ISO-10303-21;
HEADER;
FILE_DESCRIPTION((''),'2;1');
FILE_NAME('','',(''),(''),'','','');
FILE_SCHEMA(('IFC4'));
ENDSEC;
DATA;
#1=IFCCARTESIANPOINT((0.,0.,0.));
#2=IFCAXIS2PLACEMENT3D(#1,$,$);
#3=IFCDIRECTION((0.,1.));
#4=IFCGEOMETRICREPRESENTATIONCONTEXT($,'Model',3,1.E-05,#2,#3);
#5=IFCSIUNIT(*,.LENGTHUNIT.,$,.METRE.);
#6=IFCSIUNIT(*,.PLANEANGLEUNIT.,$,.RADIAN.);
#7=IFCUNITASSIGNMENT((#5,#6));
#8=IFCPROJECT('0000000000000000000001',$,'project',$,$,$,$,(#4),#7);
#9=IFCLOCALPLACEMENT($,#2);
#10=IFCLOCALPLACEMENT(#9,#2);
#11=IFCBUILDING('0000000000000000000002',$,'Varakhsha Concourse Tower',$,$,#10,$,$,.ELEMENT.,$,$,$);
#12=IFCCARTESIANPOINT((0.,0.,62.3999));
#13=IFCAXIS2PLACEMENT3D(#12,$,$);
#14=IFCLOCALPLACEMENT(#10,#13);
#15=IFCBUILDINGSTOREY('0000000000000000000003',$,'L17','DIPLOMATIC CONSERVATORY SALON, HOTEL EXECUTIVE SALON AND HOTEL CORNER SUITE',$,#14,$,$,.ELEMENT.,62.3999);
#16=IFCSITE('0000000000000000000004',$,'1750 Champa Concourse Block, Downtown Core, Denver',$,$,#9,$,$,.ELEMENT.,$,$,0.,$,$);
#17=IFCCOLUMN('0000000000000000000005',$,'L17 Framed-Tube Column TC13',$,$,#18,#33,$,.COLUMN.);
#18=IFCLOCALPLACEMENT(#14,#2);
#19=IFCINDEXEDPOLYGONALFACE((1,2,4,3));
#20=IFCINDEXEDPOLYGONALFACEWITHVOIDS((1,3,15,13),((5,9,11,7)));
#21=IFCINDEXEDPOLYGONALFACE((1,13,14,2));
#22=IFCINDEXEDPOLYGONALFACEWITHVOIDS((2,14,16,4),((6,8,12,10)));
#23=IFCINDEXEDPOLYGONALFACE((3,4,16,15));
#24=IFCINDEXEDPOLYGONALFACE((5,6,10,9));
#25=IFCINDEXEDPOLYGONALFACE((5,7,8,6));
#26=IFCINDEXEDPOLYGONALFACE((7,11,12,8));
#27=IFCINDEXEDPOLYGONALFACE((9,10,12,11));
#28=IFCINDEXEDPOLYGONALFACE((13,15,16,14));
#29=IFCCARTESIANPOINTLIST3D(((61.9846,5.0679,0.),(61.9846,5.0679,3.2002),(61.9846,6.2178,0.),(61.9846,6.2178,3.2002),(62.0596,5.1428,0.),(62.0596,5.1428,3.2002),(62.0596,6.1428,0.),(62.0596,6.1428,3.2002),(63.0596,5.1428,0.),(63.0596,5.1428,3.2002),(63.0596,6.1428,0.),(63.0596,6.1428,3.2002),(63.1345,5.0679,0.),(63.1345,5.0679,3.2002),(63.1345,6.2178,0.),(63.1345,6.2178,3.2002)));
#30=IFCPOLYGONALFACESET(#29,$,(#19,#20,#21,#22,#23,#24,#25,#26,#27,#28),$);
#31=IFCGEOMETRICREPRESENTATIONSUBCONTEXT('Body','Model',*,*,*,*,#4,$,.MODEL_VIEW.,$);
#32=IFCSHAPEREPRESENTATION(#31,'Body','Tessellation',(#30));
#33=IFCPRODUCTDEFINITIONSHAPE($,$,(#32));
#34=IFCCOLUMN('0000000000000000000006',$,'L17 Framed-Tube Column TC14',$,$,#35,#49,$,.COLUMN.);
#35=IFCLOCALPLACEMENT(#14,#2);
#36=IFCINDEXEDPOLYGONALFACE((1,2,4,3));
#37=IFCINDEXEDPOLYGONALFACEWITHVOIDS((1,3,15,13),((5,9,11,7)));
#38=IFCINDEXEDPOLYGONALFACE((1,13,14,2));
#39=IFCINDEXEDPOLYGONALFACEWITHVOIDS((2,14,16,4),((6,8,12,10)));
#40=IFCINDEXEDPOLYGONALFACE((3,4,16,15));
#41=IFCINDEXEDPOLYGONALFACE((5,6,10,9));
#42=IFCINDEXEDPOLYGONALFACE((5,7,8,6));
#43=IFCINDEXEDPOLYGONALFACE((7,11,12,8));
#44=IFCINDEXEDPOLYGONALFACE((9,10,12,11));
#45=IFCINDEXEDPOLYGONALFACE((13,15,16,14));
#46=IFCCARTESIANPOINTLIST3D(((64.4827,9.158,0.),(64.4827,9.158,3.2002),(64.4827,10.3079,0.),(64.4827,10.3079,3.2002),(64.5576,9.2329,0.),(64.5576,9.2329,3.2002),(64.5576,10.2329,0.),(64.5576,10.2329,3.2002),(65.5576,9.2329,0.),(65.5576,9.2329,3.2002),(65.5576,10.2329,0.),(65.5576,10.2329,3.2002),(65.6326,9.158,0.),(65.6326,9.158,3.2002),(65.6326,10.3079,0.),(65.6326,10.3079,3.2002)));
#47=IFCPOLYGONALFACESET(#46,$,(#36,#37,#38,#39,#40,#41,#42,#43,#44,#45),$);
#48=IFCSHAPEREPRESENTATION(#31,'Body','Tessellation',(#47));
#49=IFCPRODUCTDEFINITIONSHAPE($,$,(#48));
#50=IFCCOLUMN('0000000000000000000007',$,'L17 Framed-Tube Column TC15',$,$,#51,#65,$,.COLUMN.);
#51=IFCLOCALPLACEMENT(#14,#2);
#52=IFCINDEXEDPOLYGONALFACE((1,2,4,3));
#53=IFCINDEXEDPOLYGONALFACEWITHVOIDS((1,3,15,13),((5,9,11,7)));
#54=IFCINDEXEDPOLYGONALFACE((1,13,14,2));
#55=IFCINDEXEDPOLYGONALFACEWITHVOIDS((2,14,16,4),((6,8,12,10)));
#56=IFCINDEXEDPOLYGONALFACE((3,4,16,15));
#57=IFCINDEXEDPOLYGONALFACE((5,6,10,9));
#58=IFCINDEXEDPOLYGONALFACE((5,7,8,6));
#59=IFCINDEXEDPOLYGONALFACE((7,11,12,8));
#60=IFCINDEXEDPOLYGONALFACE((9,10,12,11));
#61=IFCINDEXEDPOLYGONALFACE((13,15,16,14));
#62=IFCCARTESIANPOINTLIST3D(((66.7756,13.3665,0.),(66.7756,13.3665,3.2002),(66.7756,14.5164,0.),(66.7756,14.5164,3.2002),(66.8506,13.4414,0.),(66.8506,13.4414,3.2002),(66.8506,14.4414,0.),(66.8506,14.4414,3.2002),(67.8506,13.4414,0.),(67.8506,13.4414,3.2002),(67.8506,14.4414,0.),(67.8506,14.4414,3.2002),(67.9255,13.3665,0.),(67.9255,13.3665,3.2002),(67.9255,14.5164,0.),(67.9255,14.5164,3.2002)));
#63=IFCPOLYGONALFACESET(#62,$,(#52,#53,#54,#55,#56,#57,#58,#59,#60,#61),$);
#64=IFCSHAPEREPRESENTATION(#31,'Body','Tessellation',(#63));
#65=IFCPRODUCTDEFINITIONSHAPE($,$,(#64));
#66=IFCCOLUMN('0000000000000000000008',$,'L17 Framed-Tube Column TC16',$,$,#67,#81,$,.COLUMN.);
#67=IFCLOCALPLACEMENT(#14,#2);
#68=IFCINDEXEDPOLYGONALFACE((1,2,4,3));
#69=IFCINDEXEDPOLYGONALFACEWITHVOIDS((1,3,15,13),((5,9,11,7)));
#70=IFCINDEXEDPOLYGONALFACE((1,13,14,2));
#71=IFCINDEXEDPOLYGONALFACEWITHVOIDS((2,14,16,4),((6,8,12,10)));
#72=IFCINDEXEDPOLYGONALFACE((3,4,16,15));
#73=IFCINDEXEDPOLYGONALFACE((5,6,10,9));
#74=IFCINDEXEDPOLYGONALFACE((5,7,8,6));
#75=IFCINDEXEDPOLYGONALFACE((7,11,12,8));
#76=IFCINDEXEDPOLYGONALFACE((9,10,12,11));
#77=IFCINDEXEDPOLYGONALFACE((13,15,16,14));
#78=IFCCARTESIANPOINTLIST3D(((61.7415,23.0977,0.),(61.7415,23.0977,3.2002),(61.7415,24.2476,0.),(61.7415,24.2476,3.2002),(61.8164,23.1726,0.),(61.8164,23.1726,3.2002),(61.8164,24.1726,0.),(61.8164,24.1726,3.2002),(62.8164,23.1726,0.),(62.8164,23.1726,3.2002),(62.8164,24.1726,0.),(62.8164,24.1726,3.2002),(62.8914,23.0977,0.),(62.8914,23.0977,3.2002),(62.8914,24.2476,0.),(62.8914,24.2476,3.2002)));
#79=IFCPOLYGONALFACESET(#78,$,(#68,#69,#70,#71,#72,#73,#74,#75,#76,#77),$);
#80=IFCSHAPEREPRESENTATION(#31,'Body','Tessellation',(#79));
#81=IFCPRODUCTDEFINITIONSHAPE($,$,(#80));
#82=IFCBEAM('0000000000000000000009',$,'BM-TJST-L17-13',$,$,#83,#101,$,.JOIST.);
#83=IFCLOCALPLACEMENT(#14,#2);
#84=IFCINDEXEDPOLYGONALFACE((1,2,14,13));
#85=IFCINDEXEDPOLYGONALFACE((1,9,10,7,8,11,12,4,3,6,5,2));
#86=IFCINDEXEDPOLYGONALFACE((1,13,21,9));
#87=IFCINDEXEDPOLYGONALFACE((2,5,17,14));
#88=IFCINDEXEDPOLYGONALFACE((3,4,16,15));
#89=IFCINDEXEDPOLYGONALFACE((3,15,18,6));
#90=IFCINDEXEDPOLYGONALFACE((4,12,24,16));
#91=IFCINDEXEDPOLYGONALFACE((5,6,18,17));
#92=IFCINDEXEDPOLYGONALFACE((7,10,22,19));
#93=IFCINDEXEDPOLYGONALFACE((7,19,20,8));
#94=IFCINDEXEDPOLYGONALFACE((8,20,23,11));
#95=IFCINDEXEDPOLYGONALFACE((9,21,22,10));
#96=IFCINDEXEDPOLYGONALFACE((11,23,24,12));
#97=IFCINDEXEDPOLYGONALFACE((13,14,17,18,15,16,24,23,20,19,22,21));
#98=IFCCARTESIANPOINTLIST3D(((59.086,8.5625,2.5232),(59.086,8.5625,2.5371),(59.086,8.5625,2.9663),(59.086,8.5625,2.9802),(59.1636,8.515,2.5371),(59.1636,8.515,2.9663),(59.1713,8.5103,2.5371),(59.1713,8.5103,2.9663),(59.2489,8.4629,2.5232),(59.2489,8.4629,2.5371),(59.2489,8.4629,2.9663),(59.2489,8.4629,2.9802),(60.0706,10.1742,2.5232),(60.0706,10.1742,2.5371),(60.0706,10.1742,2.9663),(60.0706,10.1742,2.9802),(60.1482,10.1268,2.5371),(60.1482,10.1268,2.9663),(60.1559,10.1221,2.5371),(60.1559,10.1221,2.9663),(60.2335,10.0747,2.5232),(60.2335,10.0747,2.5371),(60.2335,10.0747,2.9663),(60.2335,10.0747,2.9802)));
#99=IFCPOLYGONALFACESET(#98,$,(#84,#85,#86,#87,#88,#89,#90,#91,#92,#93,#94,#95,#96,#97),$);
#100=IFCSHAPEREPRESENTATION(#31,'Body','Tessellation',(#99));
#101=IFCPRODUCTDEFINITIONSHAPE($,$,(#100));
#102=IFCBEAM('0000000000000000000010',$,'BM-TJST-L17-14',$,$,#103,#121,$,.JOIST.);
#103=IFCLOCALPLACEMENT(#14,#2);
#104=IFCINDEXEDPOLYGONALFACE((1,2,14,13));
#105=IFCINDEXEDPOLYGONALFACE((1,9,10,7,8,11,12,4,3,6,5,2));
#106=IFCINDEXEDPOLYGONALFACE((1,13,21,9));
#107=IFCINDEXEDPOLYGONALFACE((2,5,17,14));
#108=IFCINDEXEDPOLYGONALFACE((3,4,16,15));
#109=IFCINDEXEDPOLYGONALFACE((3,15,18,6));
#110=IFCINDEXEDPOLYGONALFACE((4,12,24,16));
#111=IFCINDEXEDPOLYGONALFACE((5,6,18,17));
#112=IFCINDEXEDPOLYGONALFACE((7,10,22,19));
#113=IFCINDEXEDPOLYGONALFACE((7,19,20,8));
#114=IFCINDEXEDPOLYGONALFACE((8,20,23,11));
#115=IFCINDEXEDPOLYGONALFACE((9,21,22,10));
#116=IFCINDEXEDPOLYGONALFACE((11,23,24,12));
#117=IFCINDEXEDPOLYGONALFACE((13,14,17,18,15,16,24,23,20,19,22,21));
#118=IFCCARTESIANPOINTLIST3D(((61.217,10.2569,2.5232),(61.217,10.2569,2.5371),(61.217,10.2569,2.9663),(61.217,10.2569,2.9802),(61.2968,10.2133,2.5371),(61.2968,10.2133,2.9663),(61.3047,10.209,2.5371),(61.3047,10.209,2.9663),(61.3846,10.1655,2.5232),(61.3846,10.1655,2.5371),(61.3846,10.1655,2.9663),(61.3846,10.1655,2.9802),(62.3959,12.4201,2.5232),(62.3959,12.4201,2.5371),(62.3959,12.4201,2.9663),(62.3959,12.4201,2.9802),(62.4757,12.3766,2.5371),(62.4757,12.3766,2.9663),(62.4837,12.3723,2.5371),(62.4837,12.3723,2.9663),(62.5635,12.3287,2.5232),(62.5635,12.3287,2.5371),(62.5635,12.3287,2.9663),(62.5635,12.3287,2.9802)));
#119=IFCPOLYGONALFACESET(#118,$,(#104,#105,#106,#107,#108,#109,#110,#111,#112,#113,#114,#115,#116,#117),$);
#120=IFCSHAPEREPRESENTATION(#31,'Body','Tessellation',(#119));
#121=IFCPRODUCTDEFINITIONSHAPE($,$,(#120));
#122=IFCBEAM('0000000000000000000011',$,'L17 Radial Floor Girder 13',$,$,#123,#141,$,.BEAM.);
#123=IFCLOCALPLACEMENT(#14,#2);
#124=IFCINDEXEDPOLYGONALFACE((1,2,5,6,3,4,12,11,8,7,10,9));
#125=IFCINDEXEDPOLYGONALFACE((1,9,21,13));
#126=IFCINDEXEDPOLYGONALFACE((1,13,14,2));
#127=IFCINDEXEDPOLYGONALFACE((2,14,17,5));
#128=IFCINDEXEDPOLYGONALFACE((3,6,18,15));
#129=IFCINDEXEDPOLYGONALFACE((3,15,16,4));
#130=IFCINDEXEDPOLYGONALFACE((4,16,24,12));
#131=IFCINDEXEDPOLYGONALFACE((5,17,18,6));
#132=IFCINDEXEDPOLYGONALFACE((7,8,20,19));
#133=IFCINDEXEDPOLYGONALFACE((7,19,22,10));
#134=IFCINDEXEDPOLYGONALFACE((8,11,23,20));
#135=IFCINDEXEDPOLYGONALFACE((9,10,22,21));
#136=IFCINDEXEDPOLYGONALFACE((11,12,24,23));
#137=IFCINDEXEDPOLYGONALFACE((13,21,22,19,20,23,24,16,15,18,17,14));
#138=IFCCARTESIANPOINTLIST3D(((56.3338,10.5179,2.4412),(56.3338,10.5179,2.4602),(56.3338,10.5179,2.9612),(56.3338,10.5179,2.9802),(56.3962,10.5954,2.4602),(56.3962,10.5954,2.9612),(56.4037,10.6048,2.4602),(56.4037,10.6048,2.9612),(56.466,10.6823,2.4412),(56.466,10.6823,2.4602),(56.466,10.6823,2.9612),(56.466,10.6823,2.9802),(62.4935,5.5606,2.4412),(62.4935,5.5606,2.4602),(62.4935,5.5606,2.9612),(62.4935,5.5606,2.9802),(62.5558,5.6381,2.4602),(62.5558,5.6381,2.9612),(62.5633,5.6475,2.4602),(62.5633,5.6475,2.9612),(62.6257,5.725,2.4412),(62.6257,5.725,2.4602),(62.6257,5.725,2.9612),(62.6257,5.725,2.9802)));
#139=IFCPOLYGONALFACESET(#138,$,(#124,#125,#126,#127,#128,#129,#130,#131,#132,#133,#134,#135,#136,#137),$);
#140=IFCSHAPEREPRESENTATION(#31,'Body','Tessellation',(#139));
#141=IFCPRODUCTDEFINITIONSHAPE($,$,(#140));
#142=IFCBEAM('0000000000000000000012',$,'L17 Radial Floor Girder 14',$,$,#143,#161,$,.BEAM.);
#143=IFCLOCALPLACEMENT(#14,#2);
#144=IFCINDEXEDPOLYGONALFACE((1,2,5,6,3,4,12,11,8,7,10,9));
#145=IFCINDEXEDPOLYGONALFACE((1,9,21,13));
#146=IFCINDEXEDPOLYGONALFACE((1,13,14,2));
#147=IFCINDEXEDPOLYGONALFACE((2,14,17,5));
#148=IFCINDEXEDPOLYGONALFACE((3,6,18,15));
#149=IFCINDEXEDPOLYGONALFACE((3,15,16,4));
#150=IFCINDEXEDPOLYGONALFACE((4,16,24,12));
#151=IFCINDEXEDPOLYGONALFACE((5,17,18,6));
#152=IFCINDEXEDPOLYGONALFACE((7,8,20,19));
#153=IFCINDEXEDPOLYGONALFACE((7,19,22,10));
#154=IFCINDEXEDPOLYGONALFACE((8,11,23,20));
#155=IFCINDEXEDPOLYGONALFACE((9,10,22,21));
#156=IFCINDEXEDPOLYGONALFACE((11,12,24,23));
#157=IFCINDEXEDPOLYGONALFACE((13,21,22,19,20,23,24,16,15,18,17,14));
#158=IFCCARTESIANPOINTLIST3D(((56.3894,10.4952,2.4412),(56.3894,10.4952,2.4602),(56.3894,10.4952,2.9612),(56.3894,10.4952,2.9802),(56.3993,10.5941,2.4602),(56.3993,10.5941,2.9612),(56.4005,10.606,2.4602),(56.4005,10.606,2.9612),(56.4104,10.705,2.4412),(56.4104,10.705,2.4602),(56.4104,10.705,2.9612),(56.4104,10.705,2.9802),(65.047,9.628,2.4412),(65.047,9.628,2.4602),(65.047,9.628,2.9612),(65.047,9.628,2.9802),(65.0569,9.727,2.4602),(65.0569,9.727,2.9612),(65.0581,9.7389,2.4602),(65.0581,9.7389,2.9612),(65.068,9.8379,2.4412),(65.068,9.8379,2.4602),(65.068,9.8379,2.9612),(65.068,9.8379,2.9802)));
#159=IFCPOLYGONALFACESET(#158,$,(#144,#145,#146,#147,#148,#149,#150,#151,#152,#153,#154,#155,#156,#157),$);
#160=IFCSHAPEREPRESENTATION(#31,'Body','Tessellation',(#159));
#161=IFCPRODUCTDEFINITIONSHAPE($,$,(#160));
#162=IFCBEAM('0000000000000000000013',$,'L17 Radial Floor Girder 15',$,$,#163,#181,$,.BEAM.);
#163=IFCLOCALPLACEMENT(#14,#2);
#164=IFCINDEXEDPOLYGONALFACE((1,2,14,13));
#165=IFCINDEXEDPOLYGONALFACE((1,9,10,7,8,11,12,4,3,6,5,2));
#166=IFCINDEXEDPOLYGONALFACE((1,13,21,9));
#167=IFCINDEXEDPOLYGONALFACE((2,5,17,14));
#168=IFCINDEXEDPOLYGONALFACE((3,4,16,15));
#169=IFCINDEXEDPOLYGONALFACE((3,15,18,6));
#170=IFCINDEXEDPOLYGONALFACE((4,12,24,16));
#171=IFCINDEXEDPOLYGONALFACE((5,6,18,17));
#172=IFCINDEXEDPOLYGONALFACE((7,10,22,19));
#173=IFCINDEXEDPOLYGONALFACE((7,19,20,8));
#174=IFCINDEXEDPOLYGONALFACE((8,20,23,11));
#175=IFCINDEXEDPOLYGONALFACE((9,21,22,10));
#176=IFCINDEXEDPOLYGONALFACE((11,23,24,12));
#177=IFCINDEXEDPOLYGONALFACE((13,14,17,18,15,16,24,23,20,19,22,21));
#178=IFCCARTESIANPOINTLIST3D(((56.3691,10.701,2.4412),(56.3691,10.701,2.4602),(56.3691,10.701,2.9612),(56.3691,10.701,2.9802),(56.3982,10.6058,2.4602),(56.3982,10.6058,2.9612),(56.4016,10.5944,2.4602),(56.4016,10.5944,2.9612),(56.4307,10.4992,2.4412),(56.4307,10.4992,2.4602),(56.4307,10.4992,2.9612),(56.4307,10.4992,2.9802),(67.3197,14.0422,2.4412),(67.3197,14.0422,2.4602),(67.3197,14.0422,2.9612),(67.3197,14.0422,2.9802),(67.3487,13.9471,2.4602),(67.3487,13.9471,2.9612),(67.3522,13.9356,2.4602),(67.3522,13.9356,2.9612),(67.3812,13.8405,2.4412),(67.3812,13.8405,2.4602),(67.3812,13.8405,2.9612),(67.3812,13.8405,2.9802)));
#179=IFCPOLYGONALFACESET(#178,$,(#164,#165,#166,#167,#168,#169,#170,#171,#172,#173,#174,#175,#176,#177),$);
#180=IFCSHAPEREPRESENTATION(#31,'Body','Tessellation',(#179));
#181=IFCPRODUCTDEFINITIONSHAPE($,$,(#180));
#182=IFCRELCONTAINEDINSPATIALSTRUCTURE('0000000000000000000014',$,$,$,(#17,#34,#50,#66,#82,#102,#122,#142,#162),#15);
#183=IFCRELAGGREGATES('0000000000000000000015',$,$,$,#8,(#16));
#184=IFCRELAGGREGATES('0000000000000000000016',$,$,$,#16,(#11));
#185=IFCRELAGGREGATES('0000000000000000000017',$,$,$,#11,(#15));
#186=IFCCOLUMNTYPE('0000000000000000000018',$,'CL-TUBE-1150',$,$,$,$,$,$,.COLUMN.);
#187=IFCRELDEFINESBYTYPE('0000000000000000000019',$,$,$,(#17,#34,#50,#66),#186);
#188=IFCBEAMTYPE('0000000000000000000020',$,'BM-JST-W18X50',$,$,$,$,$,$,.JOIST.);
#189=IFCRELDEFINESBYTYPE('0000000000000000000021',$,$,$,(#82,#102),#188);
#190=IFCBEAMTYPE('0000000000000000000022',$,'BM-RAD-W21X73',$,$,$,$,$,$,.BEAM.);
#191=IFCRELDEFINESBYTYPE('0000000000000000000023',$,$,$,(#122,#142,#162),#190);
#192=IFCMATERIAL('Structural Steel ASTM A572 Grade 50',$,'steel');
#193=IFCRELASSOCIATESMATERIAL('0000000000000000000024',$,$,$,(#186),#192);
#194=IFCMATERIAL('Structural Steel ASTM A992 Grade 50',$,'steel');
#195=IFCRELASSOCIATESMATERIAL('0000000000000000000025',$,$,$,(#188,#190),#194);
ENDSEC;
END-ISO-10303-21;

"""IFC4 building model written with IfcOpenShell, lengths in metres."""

from ifc_helpers import new_model, si_unit, direction, frame, origin, origin_2d, place, context, subcontext, project, spatial, hollow_rectangle, i_section, extrude, material, material_profile, profile_set, type_object, element, save


model = new_model("IFC4")

# Units and contexts
model_context = context("Model", 3, precision=1e-05, world=origin(), true_north=direction((0.0, 1.0)))
body_context = subcontext(model_context, "Body", "Model", "MODEL_VIEW")
ifc_project = project(units=[si_unit("LENGTHUNIT", "METRE"), si_unit("PLANEANGLEUNIT", "RADIAN")], contexts=[model_context])

# Site, building, storey
site_placement = place(None, origin())
site = spatial("IfcSite", under=ifc_project, at=site_placement, Name="1750 Champa Concourse Block, Downtown Core, Denver", CompositionType="ELEMENT", RefElevation=0.0)
building_placement = place(site_placement, origin())
building = spatial("IfcBuilding", under=site, at=building_placement, Name="Varakhsha Concourse Tower", CompositionType="ELEMENT")
storey_placement = place(building_placement, frame((0.0, 0.0, 62.3999)))
storey = spatial("IfcBuildingStorey", under=building, at=storey_placement, Name="L17", Description="DIPLOMATIC CONSERVATORY SALON, HOTEL EXECUTIVE SALON AND HOTEL CORNER SUITE", CompositionType="ELEMENT", Elevation=62.3999)

# Columns
ifc_material_1 = material(Name="Structural Steel ASTM A572 Grade 50", Category="steel")
ifc_material_profile_1 = material_profile(ifc_material_1, hollow_rectangle(XDim=1.1499, YDim=1.1499, WallThickness=0.075, at=origin_2d()), Name="BOX 1150x1150x75")
ifc_profile_set_1 = profile_set([ifc_material_profile_1], Name="Structural Steel ASTM A572 Grade 50")
column_type = type_object("IfcColumnType", Name="CL-TUBE-1150", PredefinedType="COLUMN", material=ifc_profile_set_1)
for number, where, z_axis, x_axis, name in (
    (1, (62.5596, 5.6428, 0.0), (0.0, 0.0, 1.0), (1.0, 0.0, 0.0), "L17 Framed-Tube Column TC13"),
    (2, (65.0576, 9.7329, 0.0), (0.0, 0.0, 1.0), (1.0, 0.0, 0.0), "L17 Framed-Tube Column TC14"),
    (3, (67.3506, 13.9414, 0.0), (0.0, 0.0, 1.0), (1.0, 0.0, 0.0), "L17 Framed-Tube Column TC15"),
    (4, (62.3164, 23.6726, 0.0), (0.0, 0.0, 1.0), (1.0, 0.0, 0.0), "L17 Framed-Tube Column TC16"),
):
    element("IfcColumn", number, at=place(storey_placement, frame(where, z_axis=z_axis, x_axis=x_axis)), inside=storey, type_object=column_type, Name=name, PredefinedType="COLUMN", context=body_context, shape_type="SweptSolid", body=[
        extrude(hollow_rectangle(XDim=1.1499, YDim=1.1499, WallThickness=0.075, at=origin_2d()), origin(), (0.0, 0.0, 1.0), 3.2002),
    ])

# Beams
ifc_material_2 = material(Name="Structural Steel ASTM A992 Grade 50", Category="steel")
ifc_material_profile_2 = material_profile(ifc_material_2, i_section(OverallWidth=0.1909, OverallDepth=0.457, WebThickness=0.009, FlangeThickness=0.0139, at=origin_2d()), Name="W18X50")
ifc_profile_set_2 = profile_set([ifc_material_profile_2], Name="Structural Steel ASTM A992 Grade 50")
beam_type_1 = type_object("IfcBeamType", Name="BM-JST-W18X50", PredefinedType="JOIST", material=ifc_profile_set_2)
beam_1_placement = place(storey_placement, frame((59.1675, 8.5127, 2.7517), z_axis=(0.521304, 0.853371, 0.0), x_axis=(-0.853371, 0.521304, 0.0)))
element("IfcBeam", 5, at=beam_1_placement, inside=storey, type_object=beam_type_1, Name="BM-TJST-L17-13", PredefinedType="JOIST", context=body_context, shape_type="SweptSolid", body=[
    extrude(i_section(OverallWidth=0.1909, OverallDepth=0.457, WebThickness=0.009, FlangeThickness=0.0139, at=origin_2d()), origin(), (0.0, 0.0, 1.0), 1.8887),
])
beam_2_placement = place(storey_placement, frame((61.3008, 10.2112, 2.7517), z_axis=(0.478526, 0.878074, 0.0), x_axis=(-0.878074, 0.478526, 0.0)))
element("IfcBeam", 6, at=beam_2_placement, inside=storey, type_object=beam_type_1, Name="BM-TJST-L17-14", PredefinedType="JOIST", context=body_context, shape_type="SweptSolid", body=[
    extrude(i_section(OverallWidth=0.1909, OverallDepth=0.457, WebThickness=0.009, FlangeThickness=0.0139, at=origin_2d()), origin(), (0.0, 0.0, 1.0), 2.4636),
])
ifc_material_profile_3 = material_profile(ifc_material_2, i_section(OverallWidth=0.2109, OverallDepth=0.5391, WebThickness=0.012, FlangeThickness=0.019, at=origin_2d()), Name="W21X73")
ifc_profile_set_3 = profile_set([ifc_material_profile_3], Name="Structural Steel ASTM A992 Grade 50")
beam_type_2 = type_object("IfcBeamType", Name="BM-RAD-W21X73", PredefinedType="BEAM", material=ifc_profile_set_3)
beam_3_placement = place(storey_placement, frame((56.3999, 10.6001, 2.7107), z_axis=(0.779043, -0.626971, 0.0), x_axis=(0.626971, 0.779043, 0.0)))
element("IfcBeam", 7, at=beam_3_placement, inside=storey, type_object=beam_type_2, Name="L17 Radial Floor Girder 13", PredefinedType="BEAM", context=body_context, shape_type="SweptSolid", body=[
    extrude(i_section(OverallWidth=0.2109, OverallDepth=0.5391, WebThickness=0.012, FlangeThickness=0.019, at=origin_2d()), origin(), (0.0, 0.0, 1.0), 7.9067),
])
beam_4_placement = place(storey_placement, frame((56.3999, 10.6001, 2.7107), z_axis=(0.995021, -0.099665, 0.0), x_axis=(0.099665, 0.995021, 0.0)))
element("IfcBeam", 8, at=beam_4_placement, inside=storey, type_object=beam_type_2, Name="L17 Radial Floor Girder 14", PredefinedType="BEAM", context=body_context, shape_type="SweptSolid", body=[
    extrude(i_section(OverallWidth=0.2109, OverallDepth=0.5391, WebThickness=0.012, FlangeThickness=0.019, at=origin_2d()), origin(), (0.0, 0.0, 1.0), 8.7009),
])
beam_5_placement = place(storey_placement, frame((56.3999, 10.6001, 2.7107), z_axis=(0.956467, 0.29184, 0.0), x_axis=(-0.29184, 0.956467, 0.0)))
element("IfcBeam", 9, at=beam_5_placement, inside=storey, type_object=beam_type_2, Name="L17 Radial Floor Girder 15", PredefinedType="BEAM", context=body_context, shape_type="SweptSolid", body=[
    extrude(i_section(OverallWidth=0.2109, OverallDepth=0.5391, WebThickness=0.012, FlangeThickness=0.019, at=origin_2d()), origin(), (0.0, 0.0, 1.0), 11.449),
])

save(model, "model.ifc")
